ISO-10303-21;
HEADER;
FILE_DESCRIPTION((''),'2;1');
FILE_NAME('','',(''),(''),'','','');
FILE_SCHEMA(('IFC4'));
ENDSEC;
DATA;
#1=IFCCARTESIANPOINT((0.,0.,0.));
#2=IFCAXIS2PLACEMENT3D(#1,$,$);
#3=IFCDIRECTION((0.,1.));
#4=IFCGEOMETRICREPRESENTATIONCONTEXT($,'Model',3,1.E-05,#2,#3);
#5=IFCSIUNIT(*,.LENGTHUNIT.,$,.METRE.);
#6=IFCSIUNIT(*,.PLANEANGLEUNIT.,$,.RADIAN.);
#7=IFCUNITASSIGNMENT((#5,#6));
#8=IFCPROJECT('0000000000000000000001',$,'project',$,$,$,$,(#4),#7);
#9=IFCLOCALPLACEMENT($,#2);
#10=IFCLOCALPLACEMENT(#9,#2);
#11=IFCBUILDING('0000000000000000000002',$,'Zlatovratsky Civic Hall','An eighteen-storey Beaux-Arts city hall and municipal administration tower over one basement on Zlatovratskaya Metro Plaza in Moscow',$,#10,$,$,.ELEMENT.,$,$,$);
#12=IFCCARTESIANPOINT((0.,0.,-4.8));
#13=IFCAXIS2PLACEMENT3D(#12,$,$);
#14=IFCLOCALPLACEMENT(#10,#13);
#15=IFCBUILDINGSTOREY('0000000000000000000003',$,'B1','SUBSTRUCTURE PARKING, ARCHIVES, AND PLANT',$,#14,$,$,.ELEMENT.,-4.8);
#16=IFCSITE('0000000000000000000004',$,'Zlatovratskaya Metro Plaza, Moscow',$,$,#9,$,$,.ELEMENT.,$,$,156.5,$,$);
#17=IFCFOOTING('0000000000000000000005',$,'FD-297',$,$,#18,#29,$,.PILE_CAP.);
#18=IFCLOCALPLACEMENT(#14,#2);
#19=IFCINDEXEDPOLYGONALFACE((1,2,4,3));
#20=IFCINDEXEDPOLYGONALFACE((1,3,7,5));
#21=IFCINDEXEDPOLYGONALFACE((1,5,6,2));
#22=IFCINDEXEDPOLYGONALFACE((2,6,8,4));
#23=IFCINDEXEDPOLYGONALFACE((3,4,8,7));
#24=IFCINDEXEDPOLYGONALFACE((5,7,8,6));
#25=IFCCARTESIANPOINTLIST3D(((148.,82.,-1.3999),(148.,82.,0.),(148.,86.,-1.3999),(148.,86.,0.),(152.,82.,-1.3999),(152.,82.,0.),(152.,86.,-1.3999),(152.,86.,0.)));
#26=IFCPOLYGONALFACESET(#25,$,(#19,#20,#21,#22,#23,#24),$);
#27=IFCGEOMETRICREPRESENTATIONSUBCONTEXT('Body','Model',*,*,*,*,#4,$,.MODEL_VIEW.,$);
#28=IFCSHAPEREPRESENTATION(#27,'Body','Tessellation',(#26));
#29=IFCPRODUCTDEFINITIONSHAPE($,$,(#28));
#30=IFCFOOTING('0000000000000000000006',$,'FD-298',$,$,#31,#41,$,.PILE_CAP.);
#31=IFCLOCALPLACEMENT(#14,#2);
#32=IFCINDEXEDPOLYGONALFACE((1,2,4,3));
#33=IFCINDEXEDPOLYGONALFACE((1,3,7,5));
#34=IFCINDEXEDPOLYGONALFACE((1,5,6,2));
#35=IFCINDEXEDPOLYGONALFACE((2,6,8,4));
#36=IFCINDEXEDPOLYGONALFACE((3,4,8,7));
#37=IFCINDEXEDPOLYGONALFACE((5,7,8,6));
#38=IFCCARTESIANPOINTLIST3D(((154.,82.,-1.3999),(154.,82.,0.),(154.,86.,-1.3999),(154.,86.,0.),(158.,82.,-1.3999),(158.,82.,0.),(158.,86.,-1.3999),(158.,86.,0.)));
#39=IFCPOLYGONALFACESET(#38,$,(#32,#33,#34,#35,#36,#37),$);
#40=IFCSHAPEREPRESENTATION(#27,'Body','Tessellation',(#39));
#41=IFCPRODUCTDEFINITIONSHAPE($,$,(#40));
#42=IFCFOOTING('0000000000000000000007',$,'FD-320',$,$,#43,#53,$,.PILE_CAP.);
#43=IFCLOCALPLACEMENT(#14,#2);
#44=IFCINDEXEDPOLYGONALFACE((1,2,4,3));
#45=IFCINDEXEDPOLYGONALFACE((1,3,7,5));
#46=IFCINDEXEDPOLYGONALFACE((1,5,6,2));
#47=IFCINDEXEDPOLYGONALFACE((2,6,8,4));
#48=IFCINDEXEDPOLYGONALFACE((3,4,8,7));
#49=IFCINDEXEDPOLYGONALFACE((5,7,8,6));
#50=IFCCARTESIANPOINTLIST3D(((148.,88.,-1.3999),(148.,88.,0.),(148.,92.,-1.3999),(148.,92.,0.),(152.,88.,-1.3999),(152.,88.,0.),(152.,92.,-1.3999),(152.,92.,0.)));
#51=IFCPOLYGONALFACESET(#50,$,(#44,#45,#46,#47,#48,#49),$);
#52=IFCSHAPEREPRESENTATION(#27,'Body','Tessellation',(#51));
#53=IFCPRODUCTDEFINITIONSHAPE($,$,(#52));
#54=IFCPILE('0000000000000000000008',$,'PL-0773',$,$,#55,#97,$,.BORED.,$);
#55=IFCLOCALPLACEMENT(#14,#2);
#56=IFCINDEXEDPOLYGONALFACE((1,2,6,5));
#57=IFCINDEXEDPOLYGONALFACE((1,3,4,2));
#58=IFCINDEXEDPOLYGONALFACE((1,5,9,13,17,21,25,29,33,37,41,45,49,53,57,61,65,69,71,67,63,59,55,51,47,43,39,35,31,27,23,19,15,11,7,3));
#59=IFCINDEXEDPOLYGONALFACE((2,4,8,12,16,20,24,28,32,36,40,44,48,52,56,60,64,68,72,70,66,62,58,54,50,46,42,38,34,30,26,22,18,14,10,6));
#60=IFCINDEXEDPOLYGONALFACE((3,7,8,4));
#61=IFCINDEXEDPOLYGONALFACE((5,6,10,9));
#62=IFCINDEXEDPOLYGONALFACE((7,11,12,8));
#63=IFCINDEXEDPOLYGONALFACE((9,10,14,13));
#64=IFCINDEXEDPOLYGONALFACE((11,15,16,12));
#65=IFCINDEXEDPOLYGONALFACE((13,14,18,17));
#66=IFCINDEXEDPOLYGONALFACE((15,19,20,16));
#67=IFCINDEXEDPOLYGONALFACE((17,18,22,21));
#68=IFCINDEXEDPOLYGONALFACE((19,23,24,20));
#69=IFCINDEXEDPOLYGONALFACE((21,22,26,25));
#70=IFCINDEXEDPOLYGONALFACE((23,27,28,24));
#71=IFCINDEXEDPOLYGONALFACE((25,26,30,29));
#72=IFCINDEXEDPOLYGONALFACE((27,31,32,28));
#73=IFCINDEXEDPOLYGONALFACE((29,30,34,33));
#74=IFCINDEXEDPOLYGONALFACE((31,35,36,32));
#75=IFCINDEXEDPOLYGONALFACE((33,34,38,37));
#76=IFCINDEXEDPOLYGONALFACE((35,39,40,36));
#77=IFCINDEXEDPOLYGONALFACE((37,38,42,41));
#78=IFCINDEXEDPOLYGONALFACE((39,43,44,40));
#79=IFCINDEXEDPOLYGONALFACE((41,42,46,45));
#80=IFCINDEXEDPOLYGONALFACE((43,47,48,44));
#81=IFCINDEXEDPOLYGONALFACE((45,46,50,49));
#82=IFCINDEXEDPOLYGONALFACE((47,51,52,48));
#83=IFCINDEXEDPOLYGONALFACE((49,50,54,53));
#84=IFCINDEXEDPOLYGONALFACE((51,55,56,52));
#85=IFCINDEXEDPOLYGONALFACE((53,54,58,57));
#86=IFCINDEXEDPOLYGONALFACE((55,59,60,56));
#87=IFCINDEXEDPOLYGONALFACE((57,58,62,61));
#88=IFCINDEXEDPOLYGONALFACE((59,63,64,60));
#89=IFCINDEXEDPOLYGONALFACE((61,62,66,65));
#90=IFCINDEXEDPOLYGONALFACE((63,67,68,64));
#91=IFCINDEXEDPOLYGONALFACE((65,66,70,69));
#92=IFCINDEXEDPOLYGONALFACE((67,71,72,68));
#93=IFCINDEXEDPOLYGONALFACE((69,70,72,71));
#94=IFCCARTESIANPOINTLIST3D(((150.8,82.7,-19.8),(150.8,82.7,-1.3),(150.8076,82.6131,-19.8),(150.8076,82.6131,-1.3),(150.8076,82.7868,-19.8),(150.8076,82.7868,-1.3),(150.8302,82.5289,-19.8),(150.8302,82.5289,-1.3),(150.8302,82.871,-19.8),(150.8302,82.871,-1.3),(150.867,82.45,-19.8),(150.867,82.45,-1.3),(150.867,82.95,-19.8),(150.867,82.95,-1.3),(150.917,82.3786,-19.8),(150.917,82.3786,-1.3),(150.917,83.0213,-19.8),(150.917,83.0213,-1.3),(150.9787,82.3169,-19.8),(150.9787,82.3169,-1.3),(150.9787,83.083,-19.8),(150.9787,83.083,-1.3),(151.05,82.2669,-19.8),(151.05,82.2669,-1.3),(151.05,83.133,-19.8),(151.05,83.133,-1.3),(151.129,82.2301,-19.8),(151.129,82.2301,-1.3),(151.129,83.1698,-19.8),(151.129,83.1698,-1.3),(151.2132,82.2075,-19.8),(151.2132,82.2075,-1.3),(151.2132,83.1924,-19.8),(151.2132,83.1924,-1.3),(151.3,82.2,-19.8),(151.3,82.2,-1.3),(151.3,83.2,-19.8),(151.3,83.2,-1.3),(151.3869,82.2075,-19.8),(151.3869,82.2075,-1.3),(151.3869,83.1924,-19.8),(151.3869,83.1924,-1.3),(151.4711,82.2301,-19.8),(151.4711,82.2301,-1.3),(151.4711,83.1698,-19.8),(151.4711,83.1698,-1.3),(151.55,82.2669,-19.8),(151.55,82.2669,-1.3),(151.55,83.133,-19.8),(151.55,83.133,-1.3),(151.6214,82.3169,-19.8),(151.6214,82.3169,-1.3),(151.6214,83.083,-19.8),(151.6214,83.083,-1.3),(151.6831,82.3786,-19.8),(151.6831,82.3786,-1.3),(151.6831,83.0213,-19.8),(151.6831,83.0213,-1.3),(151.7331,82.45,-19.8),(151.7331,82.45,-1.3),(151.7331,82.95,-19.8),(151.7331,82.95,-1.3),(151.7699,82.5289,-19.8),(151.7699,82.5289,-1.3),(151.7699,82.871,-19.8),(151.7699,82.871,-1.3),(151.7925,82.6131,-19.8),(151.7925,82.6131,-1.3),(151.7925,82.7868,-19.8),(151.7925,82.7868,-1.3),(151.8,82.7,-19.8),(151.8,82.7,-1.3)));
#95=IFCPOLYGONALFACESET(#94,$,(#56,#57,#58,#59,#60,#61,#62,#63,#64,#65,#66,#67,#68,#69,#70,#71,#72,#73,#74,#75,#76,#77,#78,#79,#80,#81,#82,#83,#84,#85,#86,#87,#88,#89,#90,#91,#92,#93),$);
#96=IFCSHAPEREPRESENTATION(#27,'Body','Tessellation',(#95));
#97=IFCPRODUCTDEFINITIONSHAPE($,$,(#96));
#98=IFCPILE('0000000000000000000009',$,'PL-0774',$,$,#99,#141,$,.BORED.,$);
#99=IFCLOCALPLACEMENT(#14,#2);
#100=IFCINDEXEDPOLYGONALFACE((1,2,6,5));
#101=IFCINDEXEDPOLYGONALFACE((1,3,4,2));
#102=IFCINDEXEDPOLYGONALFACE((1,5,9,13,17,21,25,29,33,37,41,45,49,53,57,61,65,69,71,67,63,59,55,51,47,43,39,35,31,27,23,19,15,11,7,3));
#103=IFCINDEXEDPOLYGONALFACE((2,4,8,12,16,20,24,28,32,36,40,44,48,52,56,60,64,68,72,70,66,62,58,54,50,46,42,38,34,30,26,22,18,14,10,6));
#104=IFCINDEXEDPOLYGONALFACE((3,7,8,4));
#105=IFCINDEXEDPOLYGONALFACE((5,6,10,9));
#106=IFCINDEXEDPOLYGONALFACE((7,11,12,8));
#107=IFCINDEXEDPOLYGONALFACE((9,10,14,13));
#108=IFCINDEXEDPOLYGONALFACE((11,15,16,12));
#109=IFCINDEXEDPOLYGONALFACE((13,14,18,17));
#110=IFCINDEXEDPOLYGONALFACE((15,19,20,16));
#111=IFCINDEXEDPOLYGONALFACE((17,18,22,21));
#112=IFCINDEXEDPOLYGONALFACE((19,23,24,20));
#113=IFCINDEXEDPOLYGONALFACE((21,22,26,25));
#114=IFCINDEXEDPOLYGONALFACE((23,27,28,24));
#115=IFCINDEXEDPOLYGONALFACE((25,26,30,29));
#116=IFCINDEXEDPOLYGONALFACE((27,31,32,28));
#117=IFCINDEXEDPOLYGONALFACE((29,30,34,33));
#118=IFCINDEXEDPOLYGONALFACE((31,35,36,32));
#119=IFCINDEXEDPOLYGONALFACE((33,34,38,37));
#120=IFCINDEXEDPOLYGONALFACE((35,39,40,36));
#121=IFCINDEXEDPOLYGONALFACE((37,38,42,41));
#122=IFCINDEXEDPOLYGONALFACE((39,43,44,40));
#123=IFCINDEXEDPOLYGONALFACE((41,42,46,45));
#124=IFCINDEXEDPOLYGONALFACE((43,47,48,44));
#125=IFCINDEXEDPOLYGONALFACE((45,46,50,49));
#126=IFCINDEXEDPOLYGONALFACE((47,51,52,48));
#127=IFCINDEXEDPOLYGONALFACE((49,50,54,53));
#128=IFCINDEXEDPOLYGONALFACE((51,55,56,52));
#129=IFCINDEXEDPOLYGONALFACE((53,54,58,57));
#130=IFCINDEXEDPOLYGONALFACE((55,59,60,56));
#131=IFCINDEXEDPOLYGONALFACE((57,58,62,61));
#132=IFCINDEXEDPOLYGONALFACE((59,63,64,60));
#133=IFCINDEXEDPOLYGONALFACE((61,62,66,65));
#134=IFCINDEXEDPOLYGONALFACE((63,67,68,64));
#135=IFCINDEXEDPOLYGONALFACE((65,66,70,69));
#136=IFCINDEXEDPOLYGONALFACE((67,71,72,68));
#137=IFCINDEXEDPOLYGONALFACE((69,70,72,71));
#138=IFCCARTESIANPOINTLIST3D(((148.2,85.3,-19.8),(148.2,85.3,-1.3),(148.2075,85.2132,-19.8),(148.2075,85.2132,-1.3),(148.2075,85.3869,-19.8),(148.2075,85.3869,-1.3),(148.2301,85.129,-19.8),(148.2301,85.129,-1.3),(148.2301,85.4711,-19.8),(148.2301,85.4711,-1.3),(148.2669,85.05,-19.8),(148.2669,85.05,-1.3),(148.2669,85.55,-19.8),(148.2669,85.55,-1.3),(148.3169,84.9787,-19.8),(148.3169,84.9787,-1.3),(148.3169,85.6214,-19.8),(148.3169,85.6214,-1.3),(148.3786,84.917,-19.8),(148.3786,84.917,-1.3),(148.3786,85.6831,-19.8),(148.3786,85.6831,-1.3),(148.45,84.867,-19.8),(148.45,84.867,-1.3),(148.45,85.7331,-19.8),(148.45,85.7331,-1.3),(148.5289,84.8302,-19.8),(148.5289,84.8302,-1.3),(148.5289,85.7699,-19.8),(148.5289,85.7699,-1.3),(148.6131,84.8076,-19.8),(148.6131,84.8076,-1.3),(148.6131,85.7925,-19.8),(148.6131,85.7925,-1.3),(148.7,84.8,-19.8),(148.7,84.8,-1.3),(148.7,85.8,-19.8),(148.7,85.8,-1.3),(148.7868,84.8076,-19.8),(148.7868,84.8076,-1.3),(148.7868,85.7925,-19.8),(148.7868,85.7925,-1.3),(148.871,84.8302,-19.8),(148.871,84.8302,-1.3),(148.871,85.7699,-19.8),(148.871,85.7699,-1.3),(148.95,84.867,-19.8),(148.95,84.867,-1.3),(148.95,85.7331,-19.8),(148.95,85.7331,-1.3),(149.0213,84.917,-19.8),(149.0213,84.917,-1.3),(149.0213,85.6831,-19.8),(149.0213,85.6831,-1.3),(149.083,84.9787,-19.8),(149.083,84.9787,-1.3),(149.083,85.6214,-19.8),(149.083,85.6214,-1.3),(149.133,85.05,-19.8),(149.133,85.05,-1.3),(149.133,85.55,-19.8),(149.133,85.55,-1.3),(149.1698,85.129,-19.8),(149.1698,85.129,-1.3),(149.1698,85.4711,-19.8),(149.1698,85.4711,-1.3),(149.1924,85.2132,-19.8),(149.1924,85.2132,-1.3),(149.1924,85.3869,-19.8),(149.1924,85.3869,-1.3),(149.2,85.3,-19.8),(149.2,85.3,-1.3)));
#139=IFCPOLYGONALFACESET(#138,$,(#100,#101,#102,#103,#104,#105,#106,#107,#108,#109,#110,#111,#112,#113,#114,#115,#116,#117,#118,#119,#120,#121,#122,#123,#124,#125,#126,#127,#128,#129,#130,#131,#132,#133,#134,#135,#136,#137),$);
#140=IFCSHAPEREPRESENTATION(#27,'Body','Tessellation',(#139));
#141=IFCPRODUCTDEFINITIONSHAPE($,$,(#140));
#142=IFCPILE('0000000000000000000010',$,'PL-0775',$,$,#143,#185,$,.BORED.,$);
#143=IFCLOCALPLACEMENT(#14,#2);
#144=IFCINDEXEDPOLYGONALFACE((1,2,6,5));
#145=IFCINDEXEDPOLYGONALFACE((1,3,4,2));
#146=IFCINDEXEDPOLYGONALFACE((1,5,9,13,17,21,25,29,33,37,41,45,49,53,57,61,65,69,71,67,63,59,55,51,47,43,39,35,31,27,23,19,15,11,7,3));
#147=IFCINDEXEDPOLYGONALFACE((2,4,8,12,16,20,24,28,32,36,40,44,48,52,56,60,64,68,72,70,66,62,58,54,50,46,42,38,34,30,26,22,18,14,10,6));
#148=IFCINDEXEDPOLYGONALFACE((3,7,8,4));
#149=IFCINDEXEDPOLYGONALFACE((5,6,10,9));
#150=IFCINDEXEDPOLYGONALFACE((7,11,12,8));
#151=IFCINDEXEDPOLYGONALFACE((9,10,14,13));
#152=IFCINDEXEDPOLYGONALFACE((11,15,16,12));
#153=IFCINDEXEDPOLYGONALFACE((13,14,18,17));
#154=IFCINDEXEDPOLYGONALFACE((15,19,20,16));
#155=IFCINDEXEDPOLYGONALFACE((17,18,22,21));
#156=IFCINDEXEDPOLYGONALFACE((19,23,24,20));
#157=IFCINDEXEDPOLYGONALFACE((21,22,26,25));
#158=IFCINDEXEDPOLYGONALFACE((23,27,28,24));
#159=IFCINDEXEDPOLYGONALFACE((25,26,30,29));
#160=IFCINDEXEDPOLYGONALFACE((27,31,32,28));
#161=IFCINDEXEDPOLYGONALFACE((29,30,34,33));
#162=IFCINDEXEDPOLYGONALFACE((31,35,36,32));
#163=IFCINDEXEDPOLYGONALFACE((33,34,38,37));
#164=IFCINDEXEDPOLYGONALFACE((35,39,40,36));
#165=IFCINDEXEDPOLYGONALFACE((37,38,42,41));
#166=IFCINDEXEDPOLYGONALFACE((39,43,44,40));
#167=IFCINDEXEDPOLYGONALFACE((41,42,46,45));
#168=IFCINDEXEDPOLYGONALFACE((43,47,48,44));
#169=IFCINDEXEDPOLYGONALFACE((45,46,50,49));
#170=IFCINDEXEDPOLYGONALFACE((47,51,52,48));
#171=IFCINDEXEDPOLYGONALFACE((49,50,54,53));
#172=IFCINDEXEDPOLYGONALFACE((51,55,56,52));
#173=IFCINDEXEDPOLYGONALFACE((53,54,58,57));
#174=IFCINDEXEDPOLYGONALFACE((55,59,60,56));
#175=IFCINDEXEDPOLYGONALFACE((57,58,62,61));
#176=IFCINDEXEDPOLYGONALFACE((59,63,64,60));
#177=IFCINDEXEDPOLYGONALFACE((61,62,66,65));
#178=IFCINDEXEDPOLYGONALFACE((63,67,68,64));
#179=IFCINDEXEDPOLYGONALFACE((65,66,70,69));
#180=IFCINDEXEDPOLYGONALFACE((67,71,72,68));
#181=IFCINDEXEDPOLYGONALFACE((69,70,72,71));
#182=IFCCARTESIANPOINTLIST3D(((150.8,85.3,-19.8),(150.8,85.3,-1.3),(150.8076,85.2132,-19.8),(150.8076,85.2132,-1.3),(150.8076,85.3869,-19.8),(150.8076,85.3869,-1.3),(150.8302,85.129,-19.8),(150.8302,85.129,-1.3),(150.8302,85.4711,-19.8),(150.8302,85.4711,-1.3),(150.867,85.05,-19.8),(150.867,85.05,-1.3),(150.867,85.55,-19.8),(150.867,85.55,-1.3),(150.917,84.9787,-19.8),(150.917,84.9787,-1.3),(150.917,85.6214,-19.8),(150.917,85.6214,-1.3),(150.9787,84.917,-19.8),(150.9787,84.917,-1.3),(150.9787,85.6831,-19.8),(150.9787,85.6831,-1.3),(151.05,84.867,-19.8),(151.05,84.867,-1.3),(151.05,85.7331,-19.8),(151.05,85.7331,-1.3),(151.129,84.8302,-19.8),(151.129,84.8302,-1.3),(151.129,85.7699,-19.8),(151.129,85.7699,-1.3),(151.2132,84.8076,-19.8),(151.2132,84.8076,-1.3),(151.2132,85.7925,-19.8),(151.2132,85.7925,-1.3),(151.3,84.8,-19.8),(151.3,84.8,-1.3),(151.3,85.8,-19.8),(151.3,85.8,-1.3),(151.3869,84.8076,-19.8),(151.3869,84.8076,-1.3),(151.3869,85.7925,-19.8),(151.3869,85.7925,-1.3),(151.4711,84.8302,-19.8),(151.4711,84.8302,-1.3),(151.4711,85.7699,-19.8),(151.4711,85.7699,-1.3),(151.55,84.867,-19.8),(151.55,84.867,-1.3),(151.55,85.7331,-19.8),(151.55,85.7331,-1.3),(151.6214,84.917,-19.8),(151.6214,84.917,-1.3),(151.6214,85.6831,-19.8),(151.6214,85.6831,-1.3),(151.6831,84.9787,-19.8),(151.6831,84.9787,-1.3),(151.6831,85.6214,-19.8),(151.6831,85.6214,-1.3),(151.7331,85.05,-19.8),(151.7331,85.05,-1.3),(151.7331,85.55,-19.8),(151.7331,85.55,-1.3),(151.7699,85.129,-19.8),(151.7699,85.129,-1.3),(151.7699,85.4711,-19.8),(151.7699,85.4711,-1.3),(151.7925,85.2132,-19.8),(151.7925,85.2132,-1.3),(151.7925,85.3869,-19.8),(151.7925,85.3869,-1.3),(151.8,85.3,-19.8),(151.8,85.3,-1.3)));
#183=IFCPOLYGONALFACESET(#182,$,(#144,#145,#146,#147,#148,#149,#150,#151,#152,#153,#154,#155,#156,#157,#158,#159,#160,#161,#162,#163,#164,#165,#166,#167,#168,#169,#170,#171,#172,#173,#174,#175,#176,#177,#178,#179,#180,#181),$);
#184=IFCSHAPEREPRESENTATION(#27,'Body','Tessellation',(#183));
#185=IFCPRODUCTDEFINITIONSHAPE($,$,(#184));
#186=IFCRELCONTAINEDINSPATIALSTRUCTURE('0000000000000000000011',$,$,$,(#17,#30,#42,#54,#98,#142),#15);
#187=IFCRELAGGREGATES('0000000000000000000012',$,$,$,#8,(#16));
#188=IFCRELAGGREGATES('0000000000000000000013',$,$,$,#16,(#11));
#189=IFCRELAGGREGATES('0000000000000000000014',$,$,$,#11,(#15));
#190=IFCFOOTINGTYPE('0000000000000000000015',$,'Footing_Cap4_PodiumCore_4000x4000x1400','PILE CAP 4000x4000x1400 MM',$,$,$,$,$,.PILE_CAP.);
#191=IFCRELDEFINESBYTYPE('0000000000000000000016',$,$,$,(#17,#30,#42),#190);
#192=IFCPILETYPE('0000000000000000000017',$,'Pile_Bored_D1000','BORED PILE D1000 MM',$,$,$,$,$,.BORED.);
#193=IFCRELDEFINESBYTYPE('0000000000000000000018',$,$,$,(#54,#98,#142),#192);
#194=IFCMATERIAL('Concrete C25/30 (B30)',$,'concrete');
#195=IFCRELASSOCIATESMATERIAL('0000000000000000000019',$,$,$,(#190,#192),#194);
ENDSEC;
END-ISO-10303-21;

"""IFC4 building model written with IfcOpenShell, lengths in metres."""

from ifc_helpers import new_model, si_unit, direction, frame, origin, origin_2d, place, context, subcontext, project, spatial, rectangle, circle, extrude, material, material_profile, profile_set, type_object, element, save


model = new_model("IFC4")

# Units and contexts
model_context = context("Model", 3, precision=1e-05, world=origin(), true_north=direction((0.0, 1.0)))
body_context = subcontext(model_context, "Body", "Model", "MODEL_VIEW")
ifc_project = project(units=[si_unit("LENGTHUNIT", "METRE"), si_unit("PLANEANGLEUNIT", "RADIAN")], contexts=[model_context])

# Site, building, storey
site_placement = place(None, origin())
site = spatial("IfcSite", under=ifc_project, at=site_placement, Name="Zlatovratskaya Metro Plaza, Moscow", CompositionType="ELEMENT", RefElevation=156.5)
building_placement = place(site_placement, origin())
building = spatial("IfcBuilding", under=site, at=building_placement, Name="Zlatovratsky Civic Hall", Description="An eighteen-storey Beaux-Arts city hall and municipal administration tower over one basement on Zlatovratskaya Metro Plaza in Moscow", CompositionType="ELEMENT")
storey_placement = place(building_placement, frame((0.0, 0.0, -4.8)))
storey = spatial("IfcBuildingStorey", under=building, at=storey_placement, Name="B1", Description="SUBSTRUCTURE PARKING, ARCHIVES, AND PLANT", CompositionType="ELEMENT", Elevation=-4.8)

# Footings
ifc_material_1 = material(Name="Concrete C25/30 (B30)", Category="concrete")
footing_type = type_object("IfcFootingType", Name="Footing_Cap4_PodiumCore_4000x4000x1400", Description="PILE CAP 4000x4000x1400 MM", PredefinedType="PILE_CAP", material=ifc_material_1)
for number, where, z_axis, x_axis, name in (
    (1, (150.0, 84.0, -1.3999), (0.0, 0.0, 1.0), (1.0, 0.0, 0.0), "FD-297"),
    (2, (156.0, 84.0, -1.3999), (0.0, 0.0, 1.0), (1.0, 0.0, 0.0), "FD-298"),
    (3, (150.0, 90.0, -1.3999), (0.0, 0.0, 1.0), (1.0, 0.0, 0.0), "FD-320"),
):
    element("IfcFooting", number, at=place(storey_placement, frame(where, z_axis=z_axis, x_axis=x_axis)), inside=storey, type_object=footing_type, Name=name, PredefinedType="PILE_CAP", context=body_context, shape_type="SweptSolid", body=[
        extrude(rectangle(XDim=4.0, YDim=4.0, at=origin_2d()), origin(), (0.0, 0.0, 1.0), 1.3999),
    ])

# Piles
ifc_material_profile_1 = material_profile(ifc_material_1, circle(Radius=0.5, at=origin_2d()), Name="PILE D1000")
ifc_profile_set_1 = profile_set([ifc_material_profile_1], Name="Concrete C25/30 (B30)")
pile_type = type_object("IfcPileType", Name="Pile_Bored_D1000", Description="BORED PILE D1000 MM", PredefinedType="BORED", material=ifc_profile_set_1)
for number, where, z_axis, x_axis, name in (
    (4, (151.3, 82.7, -1.3), (0.0, 0.0, -1.0), (1.0, 0.0, 0.0), "PL-0773"),
    (5, (148.7, 85.3, -1.3), (0.0, 0.0, -1.0), (1.0, 0.0, 0.0), "PL-0774"),
    (6, (151.3, 85.3, -1.3), (0.0, 0.0, -1.0), (1.0, 0.0, 0.0), "PL-0775"),
):
    element("IfcPile", number, at=place(storey_placement, frame(where, z_axis=z_axis, x_axis=x_axis)), inside=storey, type_object=pile_type, Name=name, PredefinedType="BORED", context=body_context, shape_type="SweptSolid", body=[
        extrude(circle(Radius=0.5, at=origin_2d()), origin(), (0.0, 0.0, 1.0), 18.5),
    ])

save(model, "model.ifc")
